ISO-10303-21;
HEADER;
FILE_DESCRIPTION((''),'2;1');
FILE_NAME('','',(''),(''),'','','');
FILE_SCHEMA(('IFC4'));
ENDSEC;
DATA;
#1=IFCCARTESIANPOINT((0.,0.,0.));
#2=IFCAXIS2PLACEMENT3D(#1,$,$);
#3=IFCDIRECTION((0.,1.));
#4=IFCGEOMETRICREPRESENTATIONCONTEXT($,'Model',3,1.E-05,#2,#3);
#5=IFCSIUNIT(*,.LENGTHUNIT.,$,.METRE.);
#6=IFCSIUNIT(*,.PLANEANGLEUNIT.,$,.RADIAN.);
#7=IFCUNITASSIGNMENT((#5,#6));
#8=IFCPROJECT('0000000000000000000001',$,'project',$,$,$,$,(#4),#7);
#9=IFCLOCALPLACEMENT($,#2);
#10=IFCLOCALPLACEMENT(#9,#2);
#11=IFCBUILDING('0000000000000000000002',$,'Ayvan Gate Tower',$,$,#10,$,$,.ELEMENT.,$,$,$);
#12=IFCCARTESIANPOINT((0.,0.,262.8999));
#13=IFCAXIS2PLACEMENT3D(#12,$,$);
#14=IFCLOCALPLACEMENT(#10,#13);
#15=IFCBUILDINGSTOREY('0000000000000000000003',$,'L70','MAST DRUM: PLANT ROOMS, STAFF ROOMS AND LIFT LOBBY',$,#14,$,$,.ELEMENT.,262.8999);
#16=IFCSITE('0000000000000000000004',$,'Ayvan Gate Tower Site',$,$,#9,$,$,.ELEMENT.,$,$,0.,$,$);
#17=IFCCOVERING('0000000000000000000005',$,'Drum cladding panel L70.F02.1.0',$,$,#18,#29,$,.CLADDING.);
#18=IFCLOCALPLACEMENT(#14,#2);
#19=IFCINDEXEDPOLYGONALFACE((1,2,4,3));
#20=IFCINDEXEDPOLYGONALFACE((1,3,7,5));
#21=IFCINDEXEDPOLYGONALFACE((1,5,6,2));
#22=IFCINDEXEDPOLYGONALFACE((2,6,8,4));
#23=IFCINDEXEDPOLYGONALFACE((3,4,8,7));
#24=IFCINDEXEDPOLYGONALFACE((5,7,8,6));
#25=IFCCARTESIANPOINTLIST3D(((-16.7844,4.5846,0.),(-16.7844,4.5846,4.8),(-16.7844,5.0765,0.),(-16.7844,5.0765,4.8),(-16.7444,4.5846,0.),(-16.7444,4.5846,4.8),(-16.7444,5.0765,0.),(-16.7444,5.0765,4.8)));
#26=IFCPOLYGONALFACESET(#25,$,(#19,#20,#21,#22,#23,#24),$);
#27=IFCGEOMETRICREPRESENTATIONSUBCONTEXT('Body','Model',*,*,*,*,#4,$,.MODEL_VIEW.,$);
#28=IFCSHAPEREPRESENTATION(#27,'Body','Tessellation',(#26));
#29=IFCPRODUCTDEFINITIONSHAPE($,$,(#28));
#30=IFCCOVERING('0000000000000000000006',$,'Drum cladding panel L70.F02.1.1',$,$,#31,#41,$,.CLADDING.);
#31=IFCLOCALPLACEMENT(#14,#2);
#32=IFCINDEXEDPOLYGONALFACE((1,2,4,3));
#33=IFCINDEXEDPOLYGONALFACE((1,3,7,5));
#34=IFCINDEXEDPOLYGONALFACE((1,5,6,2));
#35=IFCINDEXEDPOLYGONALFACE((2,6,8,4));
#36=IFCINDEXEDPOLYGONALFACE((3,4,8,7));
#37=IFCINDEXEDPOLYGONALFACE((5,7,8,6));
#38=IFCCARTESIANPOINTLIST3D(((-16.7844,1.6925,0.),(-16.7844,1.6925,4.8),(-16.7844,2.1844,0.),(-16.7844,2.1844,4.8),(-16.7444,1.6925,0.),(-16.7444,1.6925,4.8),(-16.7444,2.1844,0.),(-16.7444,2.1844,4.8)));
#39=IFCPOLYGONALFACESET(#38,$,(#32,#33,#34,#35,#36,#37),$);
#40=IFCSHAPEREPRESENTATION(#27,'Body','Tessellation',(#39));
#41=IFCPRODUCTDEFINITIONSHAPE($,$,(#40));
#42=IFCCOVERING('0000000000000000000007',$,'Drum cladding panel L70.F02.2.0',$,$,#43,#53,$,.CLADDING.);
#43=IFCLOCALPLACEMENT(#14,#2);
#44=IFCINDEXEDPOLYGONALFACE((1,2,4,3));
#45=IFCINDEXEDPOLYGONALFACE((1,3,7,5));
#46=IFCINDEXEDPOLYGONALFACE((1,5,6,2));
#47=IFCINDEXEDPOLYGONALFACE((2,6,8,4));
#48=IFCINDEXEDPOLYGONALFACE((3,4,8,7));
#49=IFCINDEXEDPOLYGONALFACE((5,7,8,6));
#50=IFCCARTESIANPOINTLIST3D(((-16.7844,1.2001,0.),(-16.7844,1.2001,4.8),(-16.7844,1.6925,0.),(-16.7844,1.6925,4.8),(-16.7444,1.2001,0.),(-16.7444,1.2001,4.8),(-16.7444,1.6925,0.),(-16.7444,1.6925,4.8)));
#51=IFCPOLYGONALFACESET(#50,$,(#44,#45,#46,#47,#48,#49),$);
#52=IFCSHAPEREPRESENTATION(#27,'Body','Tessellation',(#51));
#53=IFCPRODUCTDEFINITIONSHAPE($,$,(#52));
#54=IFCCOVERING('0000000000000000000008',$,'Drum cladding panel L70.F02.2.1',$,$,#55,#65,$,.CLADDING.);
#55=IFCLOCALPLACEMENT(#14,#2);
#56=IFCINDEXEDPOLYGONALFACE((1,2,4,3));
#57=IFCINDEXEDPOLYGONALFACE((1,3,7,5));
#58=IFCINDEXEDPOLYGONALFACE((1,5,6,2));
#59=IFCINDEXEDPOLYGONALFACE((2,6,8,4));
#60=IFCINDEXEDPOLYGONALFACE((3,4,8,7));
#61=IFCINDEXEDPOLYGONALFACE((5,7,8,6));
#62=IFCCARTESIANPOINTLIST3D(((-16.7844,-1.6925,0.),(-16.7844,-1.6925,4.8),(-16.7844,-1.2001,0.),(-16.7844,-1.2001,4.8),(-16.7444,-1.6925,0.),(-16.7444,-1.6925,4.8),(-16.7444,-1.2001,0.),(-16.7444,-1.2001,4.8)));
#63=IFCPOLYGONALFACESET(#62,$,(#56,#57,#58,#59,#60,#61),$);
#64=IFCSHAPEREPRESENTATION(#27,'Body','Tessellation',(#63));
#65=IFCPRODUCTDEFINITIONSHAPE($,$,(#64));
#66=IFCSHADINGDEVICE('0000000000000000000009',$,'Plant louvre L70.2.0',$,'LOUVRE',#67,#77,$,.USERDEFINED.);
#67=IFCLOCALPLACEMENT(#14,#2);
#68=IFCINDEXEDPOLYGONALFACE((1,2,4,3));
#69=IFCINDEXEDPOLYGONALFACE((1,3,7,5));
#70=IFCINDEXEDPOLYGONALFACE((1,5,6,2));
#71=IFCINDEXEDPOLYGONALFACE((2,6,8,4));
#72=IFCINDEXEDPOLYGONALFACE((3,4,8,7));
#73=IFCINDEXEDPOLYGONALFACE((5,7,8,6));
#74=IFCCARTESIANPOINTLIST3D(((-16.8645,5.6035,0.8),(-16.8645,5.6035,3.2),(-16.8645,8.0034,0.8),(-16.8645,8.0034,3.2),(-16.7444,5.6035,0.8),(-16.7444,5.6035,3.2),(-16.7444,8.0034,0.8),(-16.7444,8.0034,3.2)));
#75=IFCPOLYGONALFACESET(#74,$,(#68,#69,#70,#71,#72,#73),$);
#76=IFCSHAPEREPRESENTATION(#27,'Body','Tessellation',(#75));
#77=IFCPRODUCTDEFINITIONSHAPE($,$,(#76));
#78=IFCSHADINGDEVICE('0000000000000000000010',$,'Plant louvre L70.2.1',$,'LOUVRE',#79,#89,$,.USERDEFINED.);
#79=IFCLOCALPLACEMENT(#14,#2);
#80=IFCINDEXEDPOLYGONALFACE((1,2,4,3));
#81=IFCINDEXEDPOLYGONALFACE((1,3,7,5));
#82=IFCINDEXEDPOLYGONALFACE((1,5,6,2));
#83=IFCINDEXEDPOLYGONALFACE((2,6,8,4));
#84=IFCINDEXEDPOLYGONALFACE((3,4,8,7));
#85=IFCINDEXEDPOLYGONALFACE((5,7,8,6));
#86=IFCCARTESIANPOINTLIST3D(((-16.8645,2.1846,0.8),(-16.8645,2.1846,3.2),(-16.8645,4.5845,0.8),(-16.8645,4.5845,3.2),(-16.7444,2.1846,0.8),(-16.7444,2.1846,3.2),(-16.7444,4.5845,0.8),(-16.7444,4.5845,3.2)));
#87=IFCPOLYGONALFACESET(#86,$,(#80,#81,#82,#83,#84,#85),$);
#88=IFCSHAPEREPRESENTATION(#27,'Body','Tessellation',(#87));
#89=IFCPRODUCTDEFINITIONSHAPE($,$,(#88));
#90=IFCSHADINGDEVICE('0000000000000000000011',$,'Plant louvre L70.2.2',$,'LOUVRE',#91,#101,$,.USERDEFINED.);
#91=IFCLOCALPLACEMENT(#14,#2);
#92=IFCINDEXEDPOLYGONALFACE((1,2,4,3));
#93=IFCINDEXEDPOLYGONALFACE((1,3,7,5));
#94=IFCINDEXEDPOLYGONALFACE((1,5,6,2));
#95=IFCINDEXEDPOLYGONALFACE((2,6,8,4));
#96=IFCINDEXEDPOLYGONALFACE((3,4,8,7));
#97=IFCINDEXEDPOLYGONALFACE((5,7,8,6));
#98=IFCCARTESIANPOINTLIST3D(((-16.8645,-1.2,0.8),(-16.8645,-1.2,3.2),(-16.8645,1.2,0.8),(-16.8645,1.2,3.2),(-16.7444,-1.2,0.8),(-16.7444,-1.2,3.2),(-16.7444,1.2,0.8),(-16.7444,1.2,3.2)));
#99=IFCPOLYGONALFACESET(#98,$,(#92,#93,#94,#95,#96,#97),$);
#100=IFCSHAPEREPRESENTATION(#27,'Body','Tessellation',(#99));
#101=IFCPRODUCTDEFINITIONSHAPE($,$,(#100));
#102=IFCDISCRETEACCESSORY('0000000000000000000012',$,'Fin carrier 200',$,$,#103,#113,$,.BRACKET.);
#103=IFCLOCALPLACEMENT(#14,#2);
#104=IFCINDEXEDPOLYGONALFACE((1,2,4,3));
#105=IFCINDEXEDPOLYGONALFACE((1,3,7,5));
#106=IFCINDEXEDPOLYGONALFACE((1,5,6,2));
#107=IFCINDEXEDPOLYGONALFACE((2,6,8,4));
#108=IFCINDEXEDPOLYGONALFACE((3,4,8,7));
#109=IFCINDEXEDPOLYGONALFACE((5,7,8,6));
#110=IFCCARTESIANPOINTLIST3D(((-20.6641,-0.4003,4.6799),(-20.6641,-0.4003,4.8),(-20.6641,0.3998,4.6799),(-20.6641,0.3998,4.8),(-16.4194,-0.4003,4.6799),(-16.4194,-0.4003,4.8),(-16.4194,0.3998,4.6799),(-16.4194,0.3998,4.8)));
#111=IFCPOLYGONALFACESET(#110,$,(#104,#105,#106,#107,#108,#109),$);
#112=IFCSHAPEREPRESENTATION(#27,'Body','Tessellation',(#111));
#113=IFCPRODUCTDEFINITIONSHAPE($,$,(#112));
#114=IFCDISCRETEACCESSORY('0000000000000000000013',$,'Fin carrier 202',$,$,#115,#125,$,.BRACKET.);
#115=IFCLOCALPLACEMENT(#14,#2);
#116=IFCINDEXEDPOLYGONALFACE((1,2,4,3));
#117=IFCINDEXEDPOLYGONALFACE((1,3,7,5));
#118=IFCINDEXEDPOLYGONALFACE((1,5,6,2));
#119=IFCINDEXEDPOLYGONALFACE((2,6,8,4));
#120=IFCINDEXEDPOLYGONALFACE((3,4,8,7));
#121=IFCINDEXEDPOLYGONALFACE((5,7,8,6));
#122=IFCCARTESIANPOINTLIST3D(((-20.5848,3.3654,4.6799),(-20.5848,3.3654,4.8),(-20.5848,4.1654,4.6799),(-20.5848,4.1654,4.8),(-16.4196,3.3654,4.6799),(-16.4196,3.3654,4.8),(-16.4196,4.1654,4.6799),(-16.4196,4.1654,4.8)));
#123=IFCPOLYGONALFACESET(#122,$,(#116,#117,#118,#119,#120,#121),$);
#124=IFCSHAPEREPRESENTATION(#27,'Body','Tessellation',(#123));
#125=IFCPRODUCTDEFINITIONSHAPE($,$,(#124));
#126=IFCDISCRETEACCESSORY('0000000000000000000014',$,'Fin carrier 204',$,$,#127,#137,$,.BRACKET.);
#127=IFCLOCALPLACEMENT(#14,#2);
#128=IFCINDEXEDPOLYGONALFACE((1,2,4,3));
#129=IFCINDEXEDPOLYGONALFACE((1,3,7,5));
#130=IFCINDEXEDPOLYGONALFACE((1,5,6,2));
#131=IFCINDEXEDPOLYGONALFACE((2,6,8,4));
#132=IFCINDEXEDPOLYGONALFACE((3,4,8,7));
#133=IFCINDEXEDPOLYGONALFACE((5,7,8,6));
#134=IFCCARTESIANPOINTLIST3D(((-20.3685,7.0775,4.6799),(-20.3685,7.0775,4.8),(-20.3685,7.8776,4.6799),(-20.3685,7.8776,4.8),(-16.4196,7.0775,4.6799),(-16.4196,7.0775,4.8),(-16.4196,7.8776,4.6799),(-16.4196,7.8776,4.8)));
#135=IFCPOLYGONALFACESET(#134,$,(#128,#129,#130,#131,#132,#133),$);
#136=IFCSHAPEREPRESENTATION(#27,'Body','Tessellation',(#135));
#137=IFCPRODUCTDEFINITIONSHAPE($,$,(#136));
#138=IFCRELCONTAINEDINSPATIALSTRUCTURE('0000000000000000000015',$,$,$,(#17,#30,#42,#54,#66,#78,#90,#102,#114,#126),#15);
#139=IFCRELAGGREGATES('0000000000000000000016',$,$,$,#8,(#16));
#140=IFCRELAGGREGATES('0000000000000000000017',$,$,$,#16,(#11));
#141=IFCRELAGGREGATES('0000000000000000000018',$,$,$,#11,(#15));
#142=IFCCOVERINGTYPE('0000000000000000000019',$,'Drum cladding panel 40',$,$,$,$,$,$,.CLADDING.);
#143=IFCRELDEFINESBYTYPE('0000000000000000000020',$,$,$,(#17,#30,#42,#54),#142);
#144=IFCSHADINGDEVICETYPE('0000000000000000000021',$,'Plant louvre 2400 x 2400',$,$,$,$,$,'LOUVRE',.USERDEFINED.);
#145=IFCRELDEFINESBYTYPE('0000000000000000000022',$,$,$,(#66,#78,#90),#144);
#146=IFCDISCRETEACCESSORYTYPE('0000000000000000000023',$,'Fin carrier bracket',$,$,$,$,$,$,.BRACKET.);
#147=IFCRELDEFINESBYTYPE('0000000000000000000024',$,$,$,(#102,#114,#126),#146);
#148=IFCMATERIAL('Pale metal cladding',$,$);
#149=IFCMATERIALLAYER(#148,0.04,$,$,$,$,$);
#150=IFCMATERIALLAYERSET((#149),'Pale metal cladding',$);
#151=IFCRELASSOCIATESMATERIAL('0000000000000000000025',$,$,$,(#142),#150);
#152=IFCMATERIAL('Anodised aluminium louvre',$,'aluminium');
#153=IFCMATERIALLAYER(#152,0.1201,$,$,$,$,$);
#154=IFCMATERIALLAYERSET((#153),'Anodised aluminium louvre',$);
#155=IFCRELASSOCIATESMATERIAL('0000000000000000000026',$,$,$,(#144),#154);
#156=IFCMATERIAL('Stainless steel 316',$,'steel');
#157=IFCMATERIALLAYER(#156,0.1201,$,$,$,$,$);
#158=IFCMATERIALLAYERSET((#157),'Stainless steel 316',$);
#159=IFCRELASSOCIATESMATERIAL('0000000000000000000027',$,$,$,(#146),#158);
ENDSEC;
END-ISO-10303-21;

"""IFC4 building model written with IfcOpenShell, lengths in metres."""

from ifc_helpers import new_model, si_unit, direction, frame, origin, origin_2d, place, context, subcontext, project, spatial, rectangle, extrude, material, layer, layer_set, type_object, element, save


model = new_model("IFC4")

# Units and contexts
model_context = context("Model", 3, precision=1e-05, world=origin(), true_north=direction((0.0, 1.0)))
body_context = subcontext(model_context, "Body", "Model", "MODEL_VIEW")
ifc_project = project(units=[si_unit("LENGTHUNIT", "METRE"), si_unit("PLANEANGLEUNIT", "RADIAN")], contexts=[model_context])

# Site, building, storey
site_placement = place(None, origin())
site = spatial("IfcSite", under=ifc_project, at=site_placement, Name="Ayvan Gate Tower Site", CompositionType="ELEMENT", RefElevation=0.0)
building_placement = place(site_placement, origin())
building = spatial("IfcBuilding", under=site, at=building_placement, Name="Ayvan Gate Tower", CompositionType="ELEMENT")
storey_placement = place(building_placement, frame((0.0, 0.0, 262.8999)))
storey = spatial("IfcBuildingStorey", under=building, at=storey_placement, Name="L70", Description="MAST DRUM: PLANT ROOMS, STAFF ROOMS AND LIFT LOBBY", CompositionType="ELEMENT", Elevation=262.8999)

# Shared definitions
ifc_material_1 = material(Name="Anodised aluminium louvre", Category="aluminium")

# Coverings
ifc_material_2 = material(Name="Pale metal cladding")
ifc_layer_1 = layer(ifc_material_2, 0.04)
ifc_layer_set_1 = layer_set([ifc_layer_1], Name="Pale metal cladding")
covering_type = type_object("IfcCoveringType", Name="Drum cladding panel 40", PredefinedType="CLADDING", material=ifc_layer_set_1)
for number, where, z_axis, x_axis, name in (
    (1, (-16.7644, 4.8306, 0.0), (0.0, 0.0, 1.0), (0.0, -1.0, 0.0), "Drum cladding panel L70.F02.1.0"),
    (2, (-16.7644, 1.9385, 0.0), (0.0, 0.0, 1.0), (0.0, -1.0, 0.0), "Drum cladding panel L70.F02.1.1"),
):
    element("IfcCovering", number, at=place(storey_placement, frame(where, z_axis=z_axis, x_axis=x_axis)), inside=storey, type_object=covering_type, Name=name, PredefinedType="CLADDING", context=body_context, shape_type="SweptSolid", body=[
        extrude(rectangle(XDim=0.4919, YDim=0.04, at=origin_2d()), origin(), (0.0, 0.0, 1.0), 4.8),
    ])
for number, where, z_axis, x_axis, name in (
    (3, (-16.7644, 1.4463, 0.0), (0.0, 0.0, 1.0), (0.0, -1.0, 0.0), "Drum cladding panel L70.F02.2.0"),
    (4, (-16.7644, -1.4463, 0.0), (0.0, 0.0, 1.0), (0.0, -1.0, 0.0), "Drum cladding panel L70.F02.2.1"),
):
    element("IfcCovering", number, at=place(storey_placement, frame(where, z_axis=z_axis, x_axis=x_axis)), inside=storey, type_object=covering_type, Name=name, PredefinedType="CLADDING", context=body_context, shape_type="SweptSolid", body=[
        extrude(rectangle(XDim=0.4924, YDim=0.04, at=origin_2d()), origin(), (0.0, 0.0, 1.0), 4.8),
    ])

# Shading devices
ifc_layer_2 = layer(ifc_material_1, 0.1201)
ifc_layer_set_2 = layer_set([ifc_layer_2], Name="Anodised aluminium louvre")
shading_device_type_1 = type_object("IfcShadingDeviceType", Name="Plant louvre 2400 x 2400", ElementType="LOUVRE", PredefinedType="USERDEFINED", material=ifc_layer_set_2)
for number, where, z_axis, x_axis, name in (
    (5, (-16.8044, 6.8035, 0.8), (0.0, 0.0, 1.0), (0.0, -1.0, 0.0), "Plant louvre L70.2.0"),
    (6, (-16.8044, 3.3845, 0.8), (0.0, 0.0, 1.0), (0.0, -1.0, 0.0), "Plant louvre L70.2.1"),
    (7, (-16.8044, 0.0, 0.8), (0.0, 0.0, 1.0), (0.0, -1.0, 0.0), "Plant louvre L70.2.2"),
):
    element("IfcShadingDevice", number, at=place(storey_placement, frame(where, z_axis=z_axis, x_axis=x_axis)), inside=storey, type_object=shading_device_type_1, Name=name, ObjectType="LOUVRE", PredefinedType="USERDEFINED", context=body_context, shape_type="SweptSolid", body=[
        extrude(rectangle(XDim=2.3999, YDim=0.1201, at=origin_2d()), origin(), (0.0, 0.0, 1.0), 2.3999),
    ])

# Discrete accessories
ifc_material_3 = material(Name="Stainless steel 316", Category="steel")
ifc_layer_3 = layer(ifc_material_3, 0.1201)
ifc_layer_set_3 = layer_set([ifc_layer_3], Name="Stainless steel 316")
discrete_accessory_type = type_object("IfcDiscreteAccessoryType", Name="Fin carrier bracket", PredefinedType="BRACKET", material=ifc_layer_set_3)
discrete_accessory_1_placement = place(storey_placement, frame((-18.5417, -0.0002, 4.6799), z_axis=(0.0, 0.0, 1.0), x_axis=(0.0, -1.0, 0.0)))
element("IfcDiscreteAccessory", 8, at=discrete_accessory_1_placement, inside=storey, type_object=discrete_accessory_type, Name="Fin carrier 200", PredefinedType="BRACKET", context=body_context, shape_type="SweptSolid", body=[
    extrude(rectangle(XDim=0.8, YDim=4.2446, at=origin_2d()), origin(), (0.0, 0.0, 1.0), 0.1201),
])
discrete_accessory_2_placement = place(storey_placement, frame((-18.5022, 3.7654, 4.6799), z_axis=(0.0, 0.0, 1.0), x_axis=(0.0, -1.0, 0.0)))
element("IfcDiscreteAccessory", 9, at=discrete_accessory_2_placement, inside=storey, type_object=discrete_accessory_type, Name="Fin carrier 202", PredefinedType="BRACKET", context=body_context, shape_type="SweptSolid", body=[
    extrude(rectangle(XDim=0.8, YDim=4.1653, at=origin_2d()), origin(), (0.0, 0.0, 1.0), 0.1201),
])
discrete_accessory_3_placement = place(storey_placement, frame((-18.394, 7.4775, 4.6799), z_axis=(0.0, 0.0, 1.0), x_axis=(0.0, -1.0, 0.0)))
element("IfcDiscreteAccessory", 10, at=discrete_accessory_3_placement, inside=storey, type_object=discrete_accessory_type, Name="Fin carrier 204", PredefinedType="BRACKET", context=body_context, shape_type="SweptSolid", body=[
    extrude(rectangle(XDim=0.8, YDim=3.949, at=origin_2d()), origin(), (0.0, 0.0, 1.0), 0.1201),
])

save(model, "model.ifc")
